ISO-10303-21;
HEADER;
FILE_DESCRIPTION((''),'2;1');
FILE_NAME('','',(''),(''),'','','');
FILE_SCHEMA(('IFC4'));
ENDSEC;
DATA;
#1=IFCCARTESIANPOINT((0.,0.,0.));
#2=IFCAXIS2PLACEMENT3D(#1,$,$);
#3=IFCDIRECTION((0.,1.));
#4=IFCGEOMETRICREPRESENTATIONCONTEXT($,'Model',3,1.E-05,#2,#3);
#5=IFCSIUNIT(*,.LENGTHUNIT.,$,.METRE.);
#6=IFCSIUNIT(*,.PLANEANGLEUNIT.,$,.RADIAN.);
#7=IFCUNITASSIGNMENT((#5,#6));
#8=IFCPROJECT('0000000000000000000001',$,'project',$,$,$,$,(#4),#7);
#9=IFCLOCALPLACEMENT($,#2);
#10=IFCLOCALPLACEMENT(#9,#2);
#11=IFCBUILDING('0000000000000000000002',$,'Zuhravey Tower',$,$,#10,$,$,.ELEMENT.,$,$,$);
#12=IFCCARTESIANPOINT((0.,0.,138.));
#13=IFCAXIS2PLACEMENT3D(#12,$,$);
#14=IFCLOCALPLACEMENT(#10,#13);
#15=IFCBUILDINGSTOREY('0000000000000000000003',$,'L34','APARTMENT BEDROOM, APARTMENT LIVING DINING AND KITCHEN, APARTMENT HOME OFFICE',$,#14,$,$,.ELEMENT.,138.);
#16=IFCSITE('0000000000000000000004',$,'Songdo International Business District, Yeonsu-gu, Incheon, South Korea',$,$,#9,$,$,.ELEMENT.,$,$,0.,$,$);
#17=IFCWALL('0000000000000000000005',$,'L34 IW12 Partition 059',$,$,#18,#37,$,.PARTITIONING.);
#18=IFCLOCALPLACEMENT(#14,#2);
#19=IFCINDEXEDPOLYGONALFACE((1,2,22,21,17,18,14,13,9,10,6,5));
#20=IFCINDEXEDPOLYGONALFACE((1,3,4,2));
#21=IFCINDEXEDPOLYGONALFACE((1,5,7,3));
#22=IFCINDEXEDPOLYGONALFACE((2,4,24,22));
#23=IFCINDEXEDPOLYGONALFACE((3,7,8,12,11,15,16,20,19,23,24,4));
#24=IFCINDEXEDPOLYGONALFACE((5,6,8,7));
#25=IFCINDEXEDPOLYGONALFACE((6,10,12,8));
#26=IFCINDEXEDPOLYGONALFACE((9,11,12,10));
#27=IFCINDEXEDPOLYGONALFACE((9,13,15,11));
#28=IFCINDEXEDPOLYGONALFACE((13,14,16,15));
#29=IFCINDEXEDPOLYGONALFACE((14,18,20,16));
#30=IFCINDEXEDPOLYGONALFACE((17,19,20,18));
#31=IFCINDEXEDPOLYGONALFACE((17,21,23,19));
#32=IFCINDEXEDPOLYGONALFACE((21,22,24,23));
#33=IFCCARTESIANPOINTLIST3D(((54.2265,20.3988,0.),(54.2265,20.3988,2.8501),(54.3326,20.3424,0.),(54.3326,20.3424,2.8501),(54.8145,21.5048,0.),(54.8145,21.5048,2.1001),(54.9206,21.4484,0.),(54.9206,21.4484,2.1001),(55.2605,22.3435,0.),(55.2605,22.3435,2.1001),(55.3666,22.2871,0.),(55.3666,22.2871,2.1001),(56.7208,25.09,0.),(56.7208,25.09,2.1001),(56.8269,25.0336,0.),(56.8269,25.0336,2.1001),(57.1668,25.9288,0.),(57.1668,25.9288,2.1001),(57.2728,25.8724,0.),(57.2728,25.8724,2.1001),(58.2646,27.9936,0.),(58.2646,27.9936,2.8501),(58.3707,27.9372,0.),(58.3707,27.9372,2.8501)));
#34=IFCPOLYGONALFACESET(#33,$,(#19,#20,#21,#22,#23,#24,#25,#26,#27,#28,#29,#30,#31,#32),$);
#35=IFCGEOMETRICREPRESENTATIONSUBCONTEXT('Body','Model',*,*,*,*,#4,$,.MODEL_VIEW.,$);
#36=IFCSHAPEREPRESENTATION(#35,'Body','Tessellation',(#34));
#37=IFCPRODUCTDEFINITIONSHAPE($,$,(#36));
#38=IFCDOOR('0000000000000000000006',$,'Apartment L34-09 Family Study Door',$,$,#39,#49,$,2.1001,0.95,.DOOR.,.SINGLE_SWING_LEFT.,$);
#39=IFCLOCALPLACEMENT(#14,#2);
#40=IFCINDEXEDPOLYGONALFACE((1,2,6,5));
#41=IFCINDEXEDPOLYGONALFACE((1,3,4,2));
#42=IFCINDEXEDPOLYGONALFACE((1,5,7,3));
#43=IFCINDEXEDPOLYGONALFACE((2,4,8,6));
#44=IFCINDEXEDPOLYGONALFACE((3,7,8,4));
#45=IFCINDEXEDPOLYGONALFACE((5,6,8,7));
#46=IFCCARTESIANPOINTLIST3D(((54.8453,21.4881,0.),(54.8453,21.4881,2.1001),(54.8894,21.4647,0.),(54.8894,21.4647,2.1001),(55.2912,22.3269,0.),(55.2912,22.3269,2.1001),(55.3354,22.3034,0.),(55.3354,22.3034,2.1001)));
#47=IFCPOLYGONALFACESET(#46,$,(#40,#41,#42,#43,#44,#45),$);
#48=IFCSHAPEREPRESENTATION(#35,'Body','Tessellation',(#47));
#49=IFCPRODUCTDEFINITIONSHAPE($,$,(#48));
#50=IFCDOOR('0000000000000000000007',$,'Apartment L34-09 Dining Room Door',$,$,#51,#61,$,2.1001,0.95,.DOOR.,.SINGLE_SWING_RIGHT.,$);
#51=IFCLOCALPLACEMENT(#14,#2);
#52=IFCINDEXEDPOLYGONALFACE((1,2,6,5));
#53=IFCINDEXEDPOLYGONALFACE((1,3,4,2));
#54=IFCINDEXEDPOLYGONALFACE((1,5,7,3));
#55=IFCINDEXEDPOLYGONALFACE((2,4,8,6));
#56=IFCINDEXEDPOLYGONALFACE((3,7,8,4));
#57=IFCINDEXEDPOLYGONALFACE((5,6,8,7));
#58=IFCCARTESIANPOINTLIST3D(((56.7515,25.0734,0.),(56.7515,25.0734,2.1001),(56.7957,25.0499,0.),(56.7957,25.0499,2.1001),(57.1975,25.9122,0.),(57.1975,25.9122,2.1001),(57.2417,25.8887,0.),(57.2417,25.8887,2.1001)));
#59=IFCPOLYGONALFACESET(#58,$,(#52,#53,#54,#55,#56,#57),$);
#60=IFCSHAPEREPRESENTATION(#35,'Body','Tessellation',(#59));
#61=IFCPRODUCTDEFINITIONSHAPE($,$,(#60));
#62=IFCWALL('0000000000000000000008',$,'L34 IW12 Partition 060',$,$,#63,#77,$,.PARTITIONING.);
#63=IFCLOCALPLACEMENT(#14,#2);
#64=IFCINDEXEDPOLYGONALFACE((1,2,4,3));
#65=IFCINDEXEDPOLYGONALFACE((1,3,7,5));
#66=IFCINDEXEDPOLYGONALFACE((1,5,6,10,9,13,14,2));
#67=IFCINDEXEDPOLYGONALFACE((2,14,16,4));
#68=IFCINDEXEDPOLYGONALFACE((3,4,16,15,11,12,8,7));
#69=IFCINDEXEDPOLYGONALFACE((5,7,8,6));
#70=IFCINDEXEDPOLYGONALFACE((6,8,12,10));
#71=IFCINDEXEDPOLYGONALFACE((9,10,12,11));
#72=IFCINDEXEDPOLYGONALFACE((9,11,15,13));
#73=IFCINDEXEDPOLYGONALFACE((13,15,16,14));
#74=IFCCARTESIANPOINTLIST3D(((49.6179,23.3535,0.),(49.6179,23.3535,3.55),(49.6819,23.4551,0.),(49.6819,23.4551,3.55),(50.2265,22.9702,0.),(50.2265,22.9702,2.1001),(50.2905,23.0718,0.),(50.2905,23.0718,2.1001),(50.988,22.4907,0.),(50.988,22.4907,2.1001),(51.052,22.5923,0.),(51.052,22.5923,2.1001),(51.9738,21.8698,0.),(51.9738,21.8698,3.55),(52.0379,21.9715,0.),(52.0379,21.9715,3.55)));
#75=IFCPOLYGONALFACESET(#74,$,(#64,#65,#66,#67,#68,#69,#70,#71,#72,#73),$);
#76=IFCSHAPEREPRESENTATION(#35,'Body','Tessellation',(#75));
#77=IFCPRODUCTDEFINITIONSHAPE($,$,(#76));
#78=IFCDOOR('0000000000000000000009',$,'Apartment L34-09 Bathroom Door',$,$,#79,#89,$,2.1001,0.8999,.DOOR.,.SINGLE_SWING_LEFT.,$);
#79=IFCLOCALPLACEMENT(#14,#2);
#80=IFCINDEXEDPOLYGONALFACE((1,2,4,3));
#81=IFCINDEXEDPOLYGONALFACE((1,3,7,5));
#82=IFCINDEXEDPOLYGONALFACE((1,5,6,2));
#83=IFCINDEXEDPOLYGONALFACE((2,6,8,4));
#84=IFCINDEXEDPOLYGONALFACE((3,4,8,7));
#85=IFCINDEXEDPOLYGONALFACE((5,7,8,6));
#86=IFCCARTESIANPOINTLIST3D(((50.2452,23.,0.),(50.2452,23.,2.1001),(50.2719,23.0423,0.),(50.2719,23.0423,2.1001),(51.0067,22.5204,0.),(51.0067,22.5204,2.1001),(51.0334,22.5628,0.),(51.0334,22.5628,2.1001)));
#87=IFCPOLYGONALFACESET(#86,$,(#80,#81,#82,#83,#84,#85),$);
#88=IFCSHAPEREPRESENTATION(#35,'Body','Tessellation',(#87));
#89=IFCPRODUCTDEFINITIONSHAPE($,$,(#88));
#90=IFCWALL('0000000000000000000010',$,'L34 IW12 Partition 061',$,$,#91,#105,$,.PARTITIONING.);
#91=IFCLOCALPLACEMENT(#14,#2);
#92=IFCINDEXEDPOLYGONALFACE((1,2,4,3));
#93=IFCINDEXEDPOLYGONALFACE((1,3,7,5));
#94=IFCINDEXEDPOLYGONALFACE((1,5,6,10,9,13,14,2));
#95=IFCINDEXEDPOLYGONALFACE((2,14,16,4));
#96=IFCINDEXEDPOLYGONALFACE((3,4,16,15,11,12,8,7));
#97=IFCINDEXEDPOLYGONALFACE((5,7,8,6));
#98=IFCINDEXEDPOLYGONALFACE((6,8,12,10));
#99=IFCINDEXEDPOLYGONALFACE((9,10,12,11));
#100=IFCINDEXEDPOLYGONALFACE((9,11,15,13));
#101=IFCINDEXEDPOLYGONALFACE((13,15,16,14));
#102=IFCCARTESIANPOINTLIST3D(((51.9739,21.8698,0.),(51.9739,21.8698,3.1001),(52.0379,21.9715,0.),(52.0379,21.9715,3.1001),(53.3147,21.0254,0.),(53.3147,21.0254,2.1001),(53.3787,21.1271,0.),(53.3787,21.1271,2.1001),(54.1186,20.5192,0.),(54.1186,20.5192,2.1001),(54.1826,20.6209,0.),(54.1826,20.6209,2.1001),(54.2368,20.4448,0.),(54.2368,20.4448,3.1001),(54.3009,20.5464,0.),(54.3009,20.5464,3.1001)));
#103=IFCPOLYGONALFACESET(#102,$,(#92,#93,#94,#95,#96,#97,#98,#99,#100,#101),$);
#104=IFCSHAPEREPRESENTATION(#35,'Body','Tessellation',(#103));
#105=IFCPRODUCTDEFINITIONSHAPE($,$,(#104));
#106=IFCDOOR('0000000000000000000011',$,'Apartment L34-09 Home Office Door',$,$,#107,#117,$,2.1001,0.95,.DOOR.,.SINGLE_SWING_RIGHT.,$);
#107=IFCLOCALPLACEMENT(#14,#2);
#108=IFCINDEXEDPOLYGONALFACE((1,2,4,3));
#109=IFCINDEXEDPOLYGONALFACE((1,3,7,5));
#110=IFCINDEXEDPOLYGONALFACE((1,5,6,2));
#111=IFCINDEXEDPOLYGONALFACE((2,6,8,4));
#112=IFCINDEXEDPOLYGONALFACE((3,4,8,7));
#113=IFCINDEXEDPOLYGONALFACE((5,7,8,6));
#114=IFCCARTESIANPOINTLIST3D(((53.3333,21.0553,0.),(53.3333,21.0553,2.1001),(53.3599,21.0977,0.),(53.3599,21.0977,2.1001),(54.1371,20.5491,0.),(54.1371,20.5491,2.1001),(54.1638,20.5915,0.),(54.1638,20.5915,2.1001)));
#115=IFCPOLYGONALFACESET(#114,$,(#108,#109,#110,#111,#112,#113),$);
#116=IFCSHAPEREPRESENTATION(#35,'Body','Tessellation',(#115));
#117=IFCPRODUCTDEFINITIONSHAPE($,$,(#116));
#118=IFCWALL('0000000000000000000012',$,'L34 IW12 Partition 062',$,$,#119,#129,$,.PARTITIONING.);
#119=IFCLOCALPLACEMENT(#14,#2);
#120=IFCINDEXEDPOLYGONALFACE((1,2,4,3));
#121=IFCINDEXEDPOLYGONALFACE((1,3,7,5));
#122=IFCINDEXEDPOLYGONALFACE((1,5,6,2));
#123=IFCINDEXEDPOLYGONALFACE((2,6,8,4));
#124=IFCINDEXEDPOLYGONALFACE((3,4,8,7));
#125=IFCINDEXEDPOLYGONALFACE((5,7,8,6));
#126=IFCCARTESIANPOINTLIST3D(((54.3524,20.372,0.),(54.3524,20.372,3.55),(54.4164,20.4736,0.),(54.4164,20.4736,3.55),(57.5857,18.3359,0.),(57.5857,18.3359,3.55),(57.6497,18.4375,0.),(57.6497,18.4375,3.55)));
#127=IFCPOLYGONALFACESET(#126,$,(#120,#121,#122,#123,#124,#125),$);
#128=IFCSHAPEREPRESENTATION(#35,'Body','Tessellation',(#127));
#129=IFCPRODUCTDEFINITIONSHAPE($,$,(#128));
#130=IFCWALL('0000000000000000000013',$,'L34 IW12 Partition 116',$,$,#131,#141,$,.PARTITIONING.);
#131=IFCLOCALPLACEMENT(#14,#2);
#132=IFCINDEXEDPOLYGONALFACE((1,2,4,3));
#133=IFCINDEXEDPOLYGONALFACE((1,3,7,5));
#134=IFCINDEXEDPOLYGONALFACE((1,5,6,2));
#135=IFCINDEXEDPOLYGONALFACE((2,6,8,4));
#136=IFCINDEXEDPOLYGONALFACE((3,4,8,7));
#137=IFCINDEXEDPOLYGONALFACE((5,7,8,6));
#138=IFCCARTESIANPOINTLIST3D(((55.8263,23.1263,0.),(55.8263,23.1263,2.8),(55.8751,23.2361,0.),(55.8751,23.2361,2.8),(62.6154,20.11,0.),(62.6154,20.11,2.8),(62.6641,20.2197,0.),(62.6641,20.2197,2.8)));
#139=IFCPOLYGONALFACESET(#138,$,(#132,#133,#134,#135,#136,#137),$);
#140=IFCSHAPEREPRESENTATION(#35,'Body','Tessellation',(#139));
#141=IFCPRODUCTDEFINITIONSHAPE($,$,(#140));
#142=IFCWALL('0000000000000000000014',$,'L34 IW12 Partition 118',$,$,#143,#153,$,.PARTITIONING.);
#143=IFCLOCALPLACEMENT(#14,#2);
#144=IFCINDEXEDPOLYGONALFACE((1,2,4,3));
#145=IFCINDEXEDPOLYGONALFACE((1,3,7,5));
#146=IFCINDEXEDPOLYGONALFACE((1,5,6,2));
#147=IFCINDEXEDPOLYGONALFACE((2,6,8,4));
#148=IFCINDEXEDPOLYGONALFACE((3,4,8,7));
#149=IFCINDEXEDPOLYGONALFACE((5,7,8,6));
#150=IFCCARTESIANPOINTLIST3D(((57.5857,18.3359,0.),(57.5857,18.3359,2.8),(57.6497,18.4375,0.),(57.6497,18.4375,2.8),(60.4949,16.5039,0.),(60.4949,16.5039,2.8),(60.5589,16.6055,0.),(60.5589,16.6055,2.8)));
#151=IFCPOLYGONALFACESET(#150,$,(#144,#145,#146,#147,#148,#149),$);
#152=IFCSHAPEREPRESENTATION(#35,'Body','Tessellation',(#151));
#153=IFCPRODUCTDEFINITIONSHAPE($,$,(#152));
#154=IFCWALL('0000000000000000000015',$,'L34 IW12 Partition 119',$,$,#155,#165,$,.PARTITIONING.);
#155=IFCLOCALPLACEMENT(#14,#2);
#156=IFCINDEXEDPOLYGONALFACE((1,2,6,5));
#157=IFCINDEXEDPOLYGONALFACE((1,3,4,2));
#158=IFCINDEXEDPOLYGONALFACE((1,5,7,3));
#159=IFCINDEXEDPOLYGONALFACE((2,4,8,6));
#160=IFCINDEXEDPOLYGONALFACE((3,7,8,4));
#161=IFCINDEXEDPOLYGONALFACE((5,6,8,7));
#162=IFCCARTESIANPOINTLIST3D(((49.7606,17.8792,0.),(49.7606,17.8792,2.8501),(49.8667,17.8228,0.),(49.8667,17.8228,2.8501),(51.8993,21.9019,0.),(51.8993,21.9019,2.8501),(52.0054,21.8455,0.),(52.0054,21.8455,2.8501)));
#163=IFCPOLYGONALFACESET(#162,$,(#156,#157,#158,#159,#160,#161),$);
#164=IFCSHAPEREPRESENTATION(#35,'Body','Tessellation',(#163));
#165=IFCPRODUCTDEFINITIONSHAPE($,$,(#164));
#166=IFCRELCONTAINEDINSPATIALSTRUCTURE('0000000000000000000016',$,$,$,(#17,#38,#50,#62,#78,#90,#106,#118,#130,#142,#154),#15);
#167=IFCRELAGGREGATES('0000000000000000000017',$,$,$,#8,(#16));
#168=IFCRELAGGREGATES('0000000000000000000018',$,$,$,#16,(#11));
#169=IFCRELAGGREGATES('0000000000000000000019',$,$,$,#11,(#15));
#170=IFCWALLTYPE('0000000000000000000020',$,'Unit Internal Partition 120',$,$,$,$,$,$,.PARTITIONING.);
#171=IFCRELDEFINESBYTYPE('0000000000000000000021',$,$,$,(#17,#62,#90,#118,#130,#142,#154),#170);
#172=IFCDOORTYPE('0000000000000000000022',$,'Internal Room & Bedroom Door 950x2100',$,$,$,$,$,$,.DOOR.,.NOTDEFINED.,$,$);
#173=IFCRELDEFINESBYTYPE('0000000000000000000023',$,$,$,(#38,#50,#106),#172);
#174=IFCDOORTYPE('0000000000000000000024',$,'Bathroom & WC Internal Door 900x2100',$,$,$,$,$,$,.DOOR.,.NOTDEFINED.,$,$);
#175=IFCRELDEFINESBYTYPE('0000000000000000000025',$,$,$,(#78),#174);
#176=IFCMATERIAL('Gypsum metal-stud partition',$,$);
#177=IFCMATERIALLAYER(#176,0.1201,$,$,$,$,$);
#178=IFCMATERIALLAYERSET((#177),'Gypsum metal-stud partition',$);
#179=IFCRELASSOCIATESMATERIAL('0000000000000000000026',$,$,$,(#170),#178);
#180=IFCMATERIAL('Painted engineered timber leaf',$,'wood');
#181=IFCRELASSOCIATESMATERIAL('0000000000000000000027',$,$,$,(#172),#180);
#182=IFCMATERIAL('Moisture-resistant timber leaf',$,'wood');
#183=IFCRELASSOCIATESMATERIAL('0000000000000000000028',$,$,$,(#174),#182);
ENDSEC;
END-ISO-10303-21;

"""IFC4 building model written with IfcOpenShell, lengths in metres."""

from ifc_helpers import new_model, si_unit, direction, frame, frame_2d, origin, place, context, subcontext, project, spatial, rectangle, extrude, material, layer, layer_set, type_object, element, fill, save


model = new_model("IFC4")

# Units and contexts
model_context = context("Model", 3, precision=1e-05, world=origin(), true_north=direction((0.0, 1.0)))
body_context = subcontext(model_context, "Body", "Model", "MODEL_VIEW")
ifc_project = project(units=[si_unit("LENGTHUNIT", "METRE"), si_unit("PLANEANGLEUNIT", "RADIAN")], contexts=[model_context])

# Site, building, storey
site_placement = place(None, origin())
site = spatial("IfcSite", under=ifc_project, at=site_placement, Name="Songdo International Business District, Yeonsu-gu, Incheon, South Korea", CompositionType="ELEMENT", RefElevation=0.0)
building_placement = place(site_placement, origin())
building = spatial("IfcBuilding", under=site, at=building_placement, Name="Zuhravey Tower", CompositionType="ELEMENT")
storey_placement = place(building_placement, frame((0.0, 0.0, 138.0)))
storey = spatial("IfcBuildingStorey", under=building, at=storey_placement, Name="L34", Description="APARTMENT BEDROOM, APARTMENT LIVING DINING AND KITCHEN, APARTMENT HOME OFFICE", CompositionType="ELEMENT", Elevation=138.0)

# Wall, openings, doors
ifc_material_1 = material(Name="Gypsum metal-stud partition")
ifc_layer_1 = layer(ifc_material_1, 0.1201)
ifc_layer_set_1 = layer_set([ifc_layer_1], Name="Gypsum metal-stud partition")
wall_type_1 = type_object("IfcWallType", Name="Unit Internal Partition 120", PredefinedType="PARTITIONING", material=ifc_layer_set_1)
wall_1_placement = place(storey_placement, frame((54.2795, 20.3706, 0.0), z_axis=(0.0, 0.0, 1.0), x_axis=(0.469462, 0.882952, 0.0)))
wall_1 = element("IfcWall", 1, at=wall_1_placement, inside=storey, type_object=wall_type_1, Name="L34 IW12 Partition 059", PredefinedType="PARTITIONING", context=body_context, shape_type="SweptSolid", body=[
    extrude(rectangle(XDim=8.6016, YDim=0.1201, at=frame_2d((4.3008, 0.0))), origin(), (0.0, 0.0, 1.0), 2.8501),
])
opening_1_placement = place(wall_1_placement, frame((1.2524, 0.0, 0.0)))
opening_1 = element("IfcOpeningElement", 2, at=opening_1_placement, cuts=wall_1, PredefinedType="OPENING", context=body_context, shape_type="SweptSolid", body=[
    extrude(rectangle(XDim=0.95, YDim=2.1001, at=frame_2d((0.4751, 1.05))), frame((0.0, 0.072, 0.0), z_axis=(0.0, -1.0, 0.0), x_axis=(1.0, 0.0, 0.0)), (0.0, 0.0, 1.0), 0.144),
])
opening_2_placement = place(wall_1_placement, frame((5.313, 0.0, 0.0)))
opening_2 = element("IfcOpeningElement", 3, at=opening_2_placement, cuts=wall_1, PredefinedType="OPENING", context=body_context, shape_type="SweptSolid", body=[
    extrude(rectangle(XDim=0.95, YDim=2.1001, at=frame_2d((0.4751, 1.05))), frame((0.0, 0.072, 0.0), z_axis=(0.0, -1.0, 0.0), x_axis=(1.0, 0.0, 0.0)), (0.0, 0.0, 1.0), 0.144),
])
ifc_material_2 = material(Name="Painted engineered timber leaf", Category="wood")
door_type_1 = type_object("IfcDoorType", Name="Internal Room & Bedroom Door 950x2100", OperationType="NOTDEFINED", PredefinedType="DOOR", material=ifc_material_2)
door_1_placement = place(opening_1_placement, frame((0.95, 0.0, 0.0), z_axis=(0.0, 0.0, 1.0), x_axis=(-1.0, 0.0, 0.0)))
door_1 = element("IfcDoor", 4, at=door_1_placement, inside=storey, type_object=door_type_1, Name="Apartment L34-09 Family Study Door", OperationType="SINGLE_SWING_LEFT", OverallHeight=2.1001, OverallWidth=0.95, PredefinedType="DOOR", context=body_context, shape_type="SweptSolid", body=[
    extrude(rectangle(XDim=0.95, YDim=2.1001, at=frame_2d((0.4751, 1.05))), frame((0.0, 0.0249, 0.0), z_axis=(0.0, -1.0, 0.0), x_axis=(1.0, 0.0, 0.0)), (0.0, 0.0, 1.0), 0.05),
])
fill(opening_1, door_1)
door_2_placement = place(opening_2_placement, frame((0.95, 0.0, 0.0), z_axis=(0.0, 0.0, 1.0), x_axis=(-1.0, 0.0, 0.0)))
door_2 = element("IfcDoor", 5, at=door_2_placement, inside=storey, type_object=door_type_1, Name="Apartment L34-09 Dining Room Door", OperationType="SINGLE_SWING_RIGHT", OverallHeight=2.1001, OverallWidth=0.95, PredefinedType="DOOR", context=body_context, shape_type="SweptSolid", body=[
    extrude(rectangle(XDim=0.95, YDim=2.1001, at=frame_2d((0.4751, 1.05))), frame((0.0, 0.0249, 0.0), z_axis=(0.0, -1.0, 0.0), x_axis=(1.0, 0.0, 0.0)), (0.0, 0.0, 1.0), 0.05),
])
fill(opening_2, door_2)

# Walls, openings, doors
wall_2_placement = place(storey_placement, frame((49.6499, 23.4043, 0.0), z_axis=(0.0, 0.0, 1.0), x_axis=(0.84619, -0.532881, 0.0)))
wall_2 = element("IfcWall", 6, at=wall_2_placement, inside=storey, type_object=wall_type_1, Name="L34 IW12 Partition 060", PredefinedType="PARTITIONING", context=body_context, shape_type="SweptSolid", body=[
    extrude(rectangle(XDim=2.7842, YDim=0.1201, at=frame_2d((1.3921, 0.0))), origin(), (0.0, 0.0, 1.0), 3.55),
])
opening_3_placement = place(wall_2_placement, frame((0.7192, 0.0, 0.0)))
opening_3 = element("IfcOpeningElement", 7, at=opening_3_placement, cuts=wall_2, PredefinedType="OPENING", context=body_context, shape_type="SweptSolid", body=[
    extrude(rectangle(XDim=0.8999, YDim=2.1001, at=frame_2d((0.45, 1.05))), frame((0.0, 0.072, 0.0), z_axis=(0.0, -1.0, 0.0), x_axis=(1.0, 0.0, 0.0)), (0.0, 0.0, 1.0), 0.144),
])
ifc_material_3 = material(Name="Moisture-resistant timber leaf", Category="wood")
door_type_2 = type_object("IfcDoorType", Name="Bathroom & WC Internal Door 900x2100", OperationType="NOTDEFINED", PredefinedType="DOOR", material=ifc_material_3)
door_3_placement = place(opening_3_placement, frame((0.8999, 0.0, 0.0), z_axis=(0.0, 0.0, 1.0), x_axis=(-1.0, 0.0, 0.0)))
door_3 = element("IfcDoor", 8, at=door_3_placement, inside=storey, type_object=door_type_2, Name="Apartment L34-09 Bathroom Door", OperationType="SINGLE_SWING_LEFT", OverallHeight=2.1001, OverallWidth=0.8999, PredefinedType="DOOR", context=body_context, shape_type="SweptSolid", body=[
    extrude(rectangle(XDim=0.8999, YDim=2.1001, at=frame_2d((0.45, 1.05))), frame((0.0, 0.0249, 0.0), z_axis=(0.0, -1.0, 0.0), x_axis=(1.0, 0.0, 0.0)), (0.0, 0.0, 1.0), 0.05),
])
fill(opening_3, door_3)
wall_3_placement = place(storey_placement, frame((52.0059, 21.9207, 0.0), z_axis=(0.0, 0.0, 1.0), x_axis=(0.846193, -0.532876, 0.0)))
wall_3 = element("IfcWall", 9, at=wall_3_placement, inside=storey, type_object=wall_type_1, Name="L34 IW12 Partition 061", PredefinedType="PARTITIONING", context=body_context, shape_type="SweptSolid", body=[
    extrude(rectangle(XDim=2.6743, YDim=0.1201, at=frame_2d((1.3372, 0.0))), origin(), (0.0, 0.0, 1.0), 3.1001),
])
opening_4_placement = place(wall_3_placement, frame((1.5845, 0.0, 0.0)))
opening_4 = element("IfcOpeningElement", 10, at=opening_4_placement, cuts=wall_3, PredefinedType="OPENING", context=body_context, shape_type="SweptSolid", body=[
    extrude(rectangle(XDim=0.95, YDim=2.1001, at=frame_2d((0.4751, 1.05))), frame((0.0, 0.072, 0.0), z_axis=(0.0, -1.0, 0.0), x_axis=(1.0, 0.0, 0.0)), (0.0, 0.0, 1.0), 0.144),
])
door_4_placement = place(opening_4_placement, frame((0.95, 0.0, 0.0), z_axis=(0.0, 0.0, 1.0), x_axis=(-1.0, 0.0, 0.0)))
door_4 = element("IfcDoor", 11, at=door_4_placement, inside=storey, type_object=door_type_1, Name="Apartment L34-09 Home Office Door", OperationType="SINGLE_SWING_RIGHT", OverallHeight=2.1001, OverallWidth=0.95, PredefinedType="DOOR", context=body_context, shape_type="SweptSolid", body=[
    extrude(rectangle(XDim=0.95, YDim=2.1001, at=frame_2d((0.4751, 1.05))), frame((0.0, 0.0249, 0.0), z_axis=(0.0, -1.0, 0.0), x_axis=(1.0, 0.0, 0.0)), (0.0, 0.0, 1.0), 0.05),
])
fill(opening_4, door_4)

# Walls
wall_4_placement = place(storey_placement, frame((54.3843, 20.4229, 0.0), z_axis=(0.0, 0.0, 1.0), x_axis=(0.846199, -0.532867, 0.0)))
element("IfcWall", 12, at=wall_4_placement, inside=storey, type_object=wall_type_1, Name="L34 IW12 Partition 062", PredefinedType="PARTITIONING", context=body_context, shape_type="SweptSolid", body=[
    extrude(rectangle(XDim=3.821, YDim=0.1201, at=frame_2d((1.9106, 0.0))), origin(), (0.0, 0.0, 1.0), 3.55),
])
wall_5_placement = place(storey_placement, frame((55.8508, 23.1812, 0.0), z_axis=(0.0, 0.0, 1.0), x_axis=(0.913862, -0.406026, 0.0)))
element("IfcWall", 13, at=wall_5_placement, inside=storey, type_object=wall_type_1, Name="L34 IW12 Partition 116", PredefinedType="PARTITIONING", context=body_context, shape_type="SweptSolid", body=[
    extrude(rectangle(XDim=7.429, YDim=0.1201, at=frame_2d((3.7144, 0.0))), origin(), (0.0, 0.0, 1.0), 2.8),
])
wall_6_placement = place(storey_placement, frame((57.6177, 18.3867, 0.0), z_axis=(0.0, 0.0, 1.0), x_axis=(0.84619, -0.532881, 0.0)))
element("IfcWall", 14, at=wall_6_placement, inside=storey, type_object=wall_type_1, Name="L34 IW12 Partition 118", PredefinedType="PARTITIONING", context=body_context, shape_type="SweptSolid", body=[
    extrude(rectangle(XDim=3.438, YDim=0.1201, at=frame_2d((1.719, 0.0))), origin(), (0.0, 0.0, 1.0), 2.8),
])
wall_7_placement = place(storey_placement, frame((49.8137, 17.8511, 0.0), z_axis=(0.0, 0.0, 1.0), x_axis=(0.469431, 0.882969, 0.0)))
element("IfcWall", 15, at=wall_7_placement, inside=storey, type_object=wall_type_1, Name="L34 IW12 Partition 119", PredefinedType="PARTITIONING", context=body_context, shape_type="SweptSolid", body=[
    extrude(rectangle(XDim=4.5559, YDim=0.1201, at=frame_2d((2.2778, 0.0))), origin(), (0.0, 0.0, 1.0), 2.8501),
])

save(model, "model.ifc")
